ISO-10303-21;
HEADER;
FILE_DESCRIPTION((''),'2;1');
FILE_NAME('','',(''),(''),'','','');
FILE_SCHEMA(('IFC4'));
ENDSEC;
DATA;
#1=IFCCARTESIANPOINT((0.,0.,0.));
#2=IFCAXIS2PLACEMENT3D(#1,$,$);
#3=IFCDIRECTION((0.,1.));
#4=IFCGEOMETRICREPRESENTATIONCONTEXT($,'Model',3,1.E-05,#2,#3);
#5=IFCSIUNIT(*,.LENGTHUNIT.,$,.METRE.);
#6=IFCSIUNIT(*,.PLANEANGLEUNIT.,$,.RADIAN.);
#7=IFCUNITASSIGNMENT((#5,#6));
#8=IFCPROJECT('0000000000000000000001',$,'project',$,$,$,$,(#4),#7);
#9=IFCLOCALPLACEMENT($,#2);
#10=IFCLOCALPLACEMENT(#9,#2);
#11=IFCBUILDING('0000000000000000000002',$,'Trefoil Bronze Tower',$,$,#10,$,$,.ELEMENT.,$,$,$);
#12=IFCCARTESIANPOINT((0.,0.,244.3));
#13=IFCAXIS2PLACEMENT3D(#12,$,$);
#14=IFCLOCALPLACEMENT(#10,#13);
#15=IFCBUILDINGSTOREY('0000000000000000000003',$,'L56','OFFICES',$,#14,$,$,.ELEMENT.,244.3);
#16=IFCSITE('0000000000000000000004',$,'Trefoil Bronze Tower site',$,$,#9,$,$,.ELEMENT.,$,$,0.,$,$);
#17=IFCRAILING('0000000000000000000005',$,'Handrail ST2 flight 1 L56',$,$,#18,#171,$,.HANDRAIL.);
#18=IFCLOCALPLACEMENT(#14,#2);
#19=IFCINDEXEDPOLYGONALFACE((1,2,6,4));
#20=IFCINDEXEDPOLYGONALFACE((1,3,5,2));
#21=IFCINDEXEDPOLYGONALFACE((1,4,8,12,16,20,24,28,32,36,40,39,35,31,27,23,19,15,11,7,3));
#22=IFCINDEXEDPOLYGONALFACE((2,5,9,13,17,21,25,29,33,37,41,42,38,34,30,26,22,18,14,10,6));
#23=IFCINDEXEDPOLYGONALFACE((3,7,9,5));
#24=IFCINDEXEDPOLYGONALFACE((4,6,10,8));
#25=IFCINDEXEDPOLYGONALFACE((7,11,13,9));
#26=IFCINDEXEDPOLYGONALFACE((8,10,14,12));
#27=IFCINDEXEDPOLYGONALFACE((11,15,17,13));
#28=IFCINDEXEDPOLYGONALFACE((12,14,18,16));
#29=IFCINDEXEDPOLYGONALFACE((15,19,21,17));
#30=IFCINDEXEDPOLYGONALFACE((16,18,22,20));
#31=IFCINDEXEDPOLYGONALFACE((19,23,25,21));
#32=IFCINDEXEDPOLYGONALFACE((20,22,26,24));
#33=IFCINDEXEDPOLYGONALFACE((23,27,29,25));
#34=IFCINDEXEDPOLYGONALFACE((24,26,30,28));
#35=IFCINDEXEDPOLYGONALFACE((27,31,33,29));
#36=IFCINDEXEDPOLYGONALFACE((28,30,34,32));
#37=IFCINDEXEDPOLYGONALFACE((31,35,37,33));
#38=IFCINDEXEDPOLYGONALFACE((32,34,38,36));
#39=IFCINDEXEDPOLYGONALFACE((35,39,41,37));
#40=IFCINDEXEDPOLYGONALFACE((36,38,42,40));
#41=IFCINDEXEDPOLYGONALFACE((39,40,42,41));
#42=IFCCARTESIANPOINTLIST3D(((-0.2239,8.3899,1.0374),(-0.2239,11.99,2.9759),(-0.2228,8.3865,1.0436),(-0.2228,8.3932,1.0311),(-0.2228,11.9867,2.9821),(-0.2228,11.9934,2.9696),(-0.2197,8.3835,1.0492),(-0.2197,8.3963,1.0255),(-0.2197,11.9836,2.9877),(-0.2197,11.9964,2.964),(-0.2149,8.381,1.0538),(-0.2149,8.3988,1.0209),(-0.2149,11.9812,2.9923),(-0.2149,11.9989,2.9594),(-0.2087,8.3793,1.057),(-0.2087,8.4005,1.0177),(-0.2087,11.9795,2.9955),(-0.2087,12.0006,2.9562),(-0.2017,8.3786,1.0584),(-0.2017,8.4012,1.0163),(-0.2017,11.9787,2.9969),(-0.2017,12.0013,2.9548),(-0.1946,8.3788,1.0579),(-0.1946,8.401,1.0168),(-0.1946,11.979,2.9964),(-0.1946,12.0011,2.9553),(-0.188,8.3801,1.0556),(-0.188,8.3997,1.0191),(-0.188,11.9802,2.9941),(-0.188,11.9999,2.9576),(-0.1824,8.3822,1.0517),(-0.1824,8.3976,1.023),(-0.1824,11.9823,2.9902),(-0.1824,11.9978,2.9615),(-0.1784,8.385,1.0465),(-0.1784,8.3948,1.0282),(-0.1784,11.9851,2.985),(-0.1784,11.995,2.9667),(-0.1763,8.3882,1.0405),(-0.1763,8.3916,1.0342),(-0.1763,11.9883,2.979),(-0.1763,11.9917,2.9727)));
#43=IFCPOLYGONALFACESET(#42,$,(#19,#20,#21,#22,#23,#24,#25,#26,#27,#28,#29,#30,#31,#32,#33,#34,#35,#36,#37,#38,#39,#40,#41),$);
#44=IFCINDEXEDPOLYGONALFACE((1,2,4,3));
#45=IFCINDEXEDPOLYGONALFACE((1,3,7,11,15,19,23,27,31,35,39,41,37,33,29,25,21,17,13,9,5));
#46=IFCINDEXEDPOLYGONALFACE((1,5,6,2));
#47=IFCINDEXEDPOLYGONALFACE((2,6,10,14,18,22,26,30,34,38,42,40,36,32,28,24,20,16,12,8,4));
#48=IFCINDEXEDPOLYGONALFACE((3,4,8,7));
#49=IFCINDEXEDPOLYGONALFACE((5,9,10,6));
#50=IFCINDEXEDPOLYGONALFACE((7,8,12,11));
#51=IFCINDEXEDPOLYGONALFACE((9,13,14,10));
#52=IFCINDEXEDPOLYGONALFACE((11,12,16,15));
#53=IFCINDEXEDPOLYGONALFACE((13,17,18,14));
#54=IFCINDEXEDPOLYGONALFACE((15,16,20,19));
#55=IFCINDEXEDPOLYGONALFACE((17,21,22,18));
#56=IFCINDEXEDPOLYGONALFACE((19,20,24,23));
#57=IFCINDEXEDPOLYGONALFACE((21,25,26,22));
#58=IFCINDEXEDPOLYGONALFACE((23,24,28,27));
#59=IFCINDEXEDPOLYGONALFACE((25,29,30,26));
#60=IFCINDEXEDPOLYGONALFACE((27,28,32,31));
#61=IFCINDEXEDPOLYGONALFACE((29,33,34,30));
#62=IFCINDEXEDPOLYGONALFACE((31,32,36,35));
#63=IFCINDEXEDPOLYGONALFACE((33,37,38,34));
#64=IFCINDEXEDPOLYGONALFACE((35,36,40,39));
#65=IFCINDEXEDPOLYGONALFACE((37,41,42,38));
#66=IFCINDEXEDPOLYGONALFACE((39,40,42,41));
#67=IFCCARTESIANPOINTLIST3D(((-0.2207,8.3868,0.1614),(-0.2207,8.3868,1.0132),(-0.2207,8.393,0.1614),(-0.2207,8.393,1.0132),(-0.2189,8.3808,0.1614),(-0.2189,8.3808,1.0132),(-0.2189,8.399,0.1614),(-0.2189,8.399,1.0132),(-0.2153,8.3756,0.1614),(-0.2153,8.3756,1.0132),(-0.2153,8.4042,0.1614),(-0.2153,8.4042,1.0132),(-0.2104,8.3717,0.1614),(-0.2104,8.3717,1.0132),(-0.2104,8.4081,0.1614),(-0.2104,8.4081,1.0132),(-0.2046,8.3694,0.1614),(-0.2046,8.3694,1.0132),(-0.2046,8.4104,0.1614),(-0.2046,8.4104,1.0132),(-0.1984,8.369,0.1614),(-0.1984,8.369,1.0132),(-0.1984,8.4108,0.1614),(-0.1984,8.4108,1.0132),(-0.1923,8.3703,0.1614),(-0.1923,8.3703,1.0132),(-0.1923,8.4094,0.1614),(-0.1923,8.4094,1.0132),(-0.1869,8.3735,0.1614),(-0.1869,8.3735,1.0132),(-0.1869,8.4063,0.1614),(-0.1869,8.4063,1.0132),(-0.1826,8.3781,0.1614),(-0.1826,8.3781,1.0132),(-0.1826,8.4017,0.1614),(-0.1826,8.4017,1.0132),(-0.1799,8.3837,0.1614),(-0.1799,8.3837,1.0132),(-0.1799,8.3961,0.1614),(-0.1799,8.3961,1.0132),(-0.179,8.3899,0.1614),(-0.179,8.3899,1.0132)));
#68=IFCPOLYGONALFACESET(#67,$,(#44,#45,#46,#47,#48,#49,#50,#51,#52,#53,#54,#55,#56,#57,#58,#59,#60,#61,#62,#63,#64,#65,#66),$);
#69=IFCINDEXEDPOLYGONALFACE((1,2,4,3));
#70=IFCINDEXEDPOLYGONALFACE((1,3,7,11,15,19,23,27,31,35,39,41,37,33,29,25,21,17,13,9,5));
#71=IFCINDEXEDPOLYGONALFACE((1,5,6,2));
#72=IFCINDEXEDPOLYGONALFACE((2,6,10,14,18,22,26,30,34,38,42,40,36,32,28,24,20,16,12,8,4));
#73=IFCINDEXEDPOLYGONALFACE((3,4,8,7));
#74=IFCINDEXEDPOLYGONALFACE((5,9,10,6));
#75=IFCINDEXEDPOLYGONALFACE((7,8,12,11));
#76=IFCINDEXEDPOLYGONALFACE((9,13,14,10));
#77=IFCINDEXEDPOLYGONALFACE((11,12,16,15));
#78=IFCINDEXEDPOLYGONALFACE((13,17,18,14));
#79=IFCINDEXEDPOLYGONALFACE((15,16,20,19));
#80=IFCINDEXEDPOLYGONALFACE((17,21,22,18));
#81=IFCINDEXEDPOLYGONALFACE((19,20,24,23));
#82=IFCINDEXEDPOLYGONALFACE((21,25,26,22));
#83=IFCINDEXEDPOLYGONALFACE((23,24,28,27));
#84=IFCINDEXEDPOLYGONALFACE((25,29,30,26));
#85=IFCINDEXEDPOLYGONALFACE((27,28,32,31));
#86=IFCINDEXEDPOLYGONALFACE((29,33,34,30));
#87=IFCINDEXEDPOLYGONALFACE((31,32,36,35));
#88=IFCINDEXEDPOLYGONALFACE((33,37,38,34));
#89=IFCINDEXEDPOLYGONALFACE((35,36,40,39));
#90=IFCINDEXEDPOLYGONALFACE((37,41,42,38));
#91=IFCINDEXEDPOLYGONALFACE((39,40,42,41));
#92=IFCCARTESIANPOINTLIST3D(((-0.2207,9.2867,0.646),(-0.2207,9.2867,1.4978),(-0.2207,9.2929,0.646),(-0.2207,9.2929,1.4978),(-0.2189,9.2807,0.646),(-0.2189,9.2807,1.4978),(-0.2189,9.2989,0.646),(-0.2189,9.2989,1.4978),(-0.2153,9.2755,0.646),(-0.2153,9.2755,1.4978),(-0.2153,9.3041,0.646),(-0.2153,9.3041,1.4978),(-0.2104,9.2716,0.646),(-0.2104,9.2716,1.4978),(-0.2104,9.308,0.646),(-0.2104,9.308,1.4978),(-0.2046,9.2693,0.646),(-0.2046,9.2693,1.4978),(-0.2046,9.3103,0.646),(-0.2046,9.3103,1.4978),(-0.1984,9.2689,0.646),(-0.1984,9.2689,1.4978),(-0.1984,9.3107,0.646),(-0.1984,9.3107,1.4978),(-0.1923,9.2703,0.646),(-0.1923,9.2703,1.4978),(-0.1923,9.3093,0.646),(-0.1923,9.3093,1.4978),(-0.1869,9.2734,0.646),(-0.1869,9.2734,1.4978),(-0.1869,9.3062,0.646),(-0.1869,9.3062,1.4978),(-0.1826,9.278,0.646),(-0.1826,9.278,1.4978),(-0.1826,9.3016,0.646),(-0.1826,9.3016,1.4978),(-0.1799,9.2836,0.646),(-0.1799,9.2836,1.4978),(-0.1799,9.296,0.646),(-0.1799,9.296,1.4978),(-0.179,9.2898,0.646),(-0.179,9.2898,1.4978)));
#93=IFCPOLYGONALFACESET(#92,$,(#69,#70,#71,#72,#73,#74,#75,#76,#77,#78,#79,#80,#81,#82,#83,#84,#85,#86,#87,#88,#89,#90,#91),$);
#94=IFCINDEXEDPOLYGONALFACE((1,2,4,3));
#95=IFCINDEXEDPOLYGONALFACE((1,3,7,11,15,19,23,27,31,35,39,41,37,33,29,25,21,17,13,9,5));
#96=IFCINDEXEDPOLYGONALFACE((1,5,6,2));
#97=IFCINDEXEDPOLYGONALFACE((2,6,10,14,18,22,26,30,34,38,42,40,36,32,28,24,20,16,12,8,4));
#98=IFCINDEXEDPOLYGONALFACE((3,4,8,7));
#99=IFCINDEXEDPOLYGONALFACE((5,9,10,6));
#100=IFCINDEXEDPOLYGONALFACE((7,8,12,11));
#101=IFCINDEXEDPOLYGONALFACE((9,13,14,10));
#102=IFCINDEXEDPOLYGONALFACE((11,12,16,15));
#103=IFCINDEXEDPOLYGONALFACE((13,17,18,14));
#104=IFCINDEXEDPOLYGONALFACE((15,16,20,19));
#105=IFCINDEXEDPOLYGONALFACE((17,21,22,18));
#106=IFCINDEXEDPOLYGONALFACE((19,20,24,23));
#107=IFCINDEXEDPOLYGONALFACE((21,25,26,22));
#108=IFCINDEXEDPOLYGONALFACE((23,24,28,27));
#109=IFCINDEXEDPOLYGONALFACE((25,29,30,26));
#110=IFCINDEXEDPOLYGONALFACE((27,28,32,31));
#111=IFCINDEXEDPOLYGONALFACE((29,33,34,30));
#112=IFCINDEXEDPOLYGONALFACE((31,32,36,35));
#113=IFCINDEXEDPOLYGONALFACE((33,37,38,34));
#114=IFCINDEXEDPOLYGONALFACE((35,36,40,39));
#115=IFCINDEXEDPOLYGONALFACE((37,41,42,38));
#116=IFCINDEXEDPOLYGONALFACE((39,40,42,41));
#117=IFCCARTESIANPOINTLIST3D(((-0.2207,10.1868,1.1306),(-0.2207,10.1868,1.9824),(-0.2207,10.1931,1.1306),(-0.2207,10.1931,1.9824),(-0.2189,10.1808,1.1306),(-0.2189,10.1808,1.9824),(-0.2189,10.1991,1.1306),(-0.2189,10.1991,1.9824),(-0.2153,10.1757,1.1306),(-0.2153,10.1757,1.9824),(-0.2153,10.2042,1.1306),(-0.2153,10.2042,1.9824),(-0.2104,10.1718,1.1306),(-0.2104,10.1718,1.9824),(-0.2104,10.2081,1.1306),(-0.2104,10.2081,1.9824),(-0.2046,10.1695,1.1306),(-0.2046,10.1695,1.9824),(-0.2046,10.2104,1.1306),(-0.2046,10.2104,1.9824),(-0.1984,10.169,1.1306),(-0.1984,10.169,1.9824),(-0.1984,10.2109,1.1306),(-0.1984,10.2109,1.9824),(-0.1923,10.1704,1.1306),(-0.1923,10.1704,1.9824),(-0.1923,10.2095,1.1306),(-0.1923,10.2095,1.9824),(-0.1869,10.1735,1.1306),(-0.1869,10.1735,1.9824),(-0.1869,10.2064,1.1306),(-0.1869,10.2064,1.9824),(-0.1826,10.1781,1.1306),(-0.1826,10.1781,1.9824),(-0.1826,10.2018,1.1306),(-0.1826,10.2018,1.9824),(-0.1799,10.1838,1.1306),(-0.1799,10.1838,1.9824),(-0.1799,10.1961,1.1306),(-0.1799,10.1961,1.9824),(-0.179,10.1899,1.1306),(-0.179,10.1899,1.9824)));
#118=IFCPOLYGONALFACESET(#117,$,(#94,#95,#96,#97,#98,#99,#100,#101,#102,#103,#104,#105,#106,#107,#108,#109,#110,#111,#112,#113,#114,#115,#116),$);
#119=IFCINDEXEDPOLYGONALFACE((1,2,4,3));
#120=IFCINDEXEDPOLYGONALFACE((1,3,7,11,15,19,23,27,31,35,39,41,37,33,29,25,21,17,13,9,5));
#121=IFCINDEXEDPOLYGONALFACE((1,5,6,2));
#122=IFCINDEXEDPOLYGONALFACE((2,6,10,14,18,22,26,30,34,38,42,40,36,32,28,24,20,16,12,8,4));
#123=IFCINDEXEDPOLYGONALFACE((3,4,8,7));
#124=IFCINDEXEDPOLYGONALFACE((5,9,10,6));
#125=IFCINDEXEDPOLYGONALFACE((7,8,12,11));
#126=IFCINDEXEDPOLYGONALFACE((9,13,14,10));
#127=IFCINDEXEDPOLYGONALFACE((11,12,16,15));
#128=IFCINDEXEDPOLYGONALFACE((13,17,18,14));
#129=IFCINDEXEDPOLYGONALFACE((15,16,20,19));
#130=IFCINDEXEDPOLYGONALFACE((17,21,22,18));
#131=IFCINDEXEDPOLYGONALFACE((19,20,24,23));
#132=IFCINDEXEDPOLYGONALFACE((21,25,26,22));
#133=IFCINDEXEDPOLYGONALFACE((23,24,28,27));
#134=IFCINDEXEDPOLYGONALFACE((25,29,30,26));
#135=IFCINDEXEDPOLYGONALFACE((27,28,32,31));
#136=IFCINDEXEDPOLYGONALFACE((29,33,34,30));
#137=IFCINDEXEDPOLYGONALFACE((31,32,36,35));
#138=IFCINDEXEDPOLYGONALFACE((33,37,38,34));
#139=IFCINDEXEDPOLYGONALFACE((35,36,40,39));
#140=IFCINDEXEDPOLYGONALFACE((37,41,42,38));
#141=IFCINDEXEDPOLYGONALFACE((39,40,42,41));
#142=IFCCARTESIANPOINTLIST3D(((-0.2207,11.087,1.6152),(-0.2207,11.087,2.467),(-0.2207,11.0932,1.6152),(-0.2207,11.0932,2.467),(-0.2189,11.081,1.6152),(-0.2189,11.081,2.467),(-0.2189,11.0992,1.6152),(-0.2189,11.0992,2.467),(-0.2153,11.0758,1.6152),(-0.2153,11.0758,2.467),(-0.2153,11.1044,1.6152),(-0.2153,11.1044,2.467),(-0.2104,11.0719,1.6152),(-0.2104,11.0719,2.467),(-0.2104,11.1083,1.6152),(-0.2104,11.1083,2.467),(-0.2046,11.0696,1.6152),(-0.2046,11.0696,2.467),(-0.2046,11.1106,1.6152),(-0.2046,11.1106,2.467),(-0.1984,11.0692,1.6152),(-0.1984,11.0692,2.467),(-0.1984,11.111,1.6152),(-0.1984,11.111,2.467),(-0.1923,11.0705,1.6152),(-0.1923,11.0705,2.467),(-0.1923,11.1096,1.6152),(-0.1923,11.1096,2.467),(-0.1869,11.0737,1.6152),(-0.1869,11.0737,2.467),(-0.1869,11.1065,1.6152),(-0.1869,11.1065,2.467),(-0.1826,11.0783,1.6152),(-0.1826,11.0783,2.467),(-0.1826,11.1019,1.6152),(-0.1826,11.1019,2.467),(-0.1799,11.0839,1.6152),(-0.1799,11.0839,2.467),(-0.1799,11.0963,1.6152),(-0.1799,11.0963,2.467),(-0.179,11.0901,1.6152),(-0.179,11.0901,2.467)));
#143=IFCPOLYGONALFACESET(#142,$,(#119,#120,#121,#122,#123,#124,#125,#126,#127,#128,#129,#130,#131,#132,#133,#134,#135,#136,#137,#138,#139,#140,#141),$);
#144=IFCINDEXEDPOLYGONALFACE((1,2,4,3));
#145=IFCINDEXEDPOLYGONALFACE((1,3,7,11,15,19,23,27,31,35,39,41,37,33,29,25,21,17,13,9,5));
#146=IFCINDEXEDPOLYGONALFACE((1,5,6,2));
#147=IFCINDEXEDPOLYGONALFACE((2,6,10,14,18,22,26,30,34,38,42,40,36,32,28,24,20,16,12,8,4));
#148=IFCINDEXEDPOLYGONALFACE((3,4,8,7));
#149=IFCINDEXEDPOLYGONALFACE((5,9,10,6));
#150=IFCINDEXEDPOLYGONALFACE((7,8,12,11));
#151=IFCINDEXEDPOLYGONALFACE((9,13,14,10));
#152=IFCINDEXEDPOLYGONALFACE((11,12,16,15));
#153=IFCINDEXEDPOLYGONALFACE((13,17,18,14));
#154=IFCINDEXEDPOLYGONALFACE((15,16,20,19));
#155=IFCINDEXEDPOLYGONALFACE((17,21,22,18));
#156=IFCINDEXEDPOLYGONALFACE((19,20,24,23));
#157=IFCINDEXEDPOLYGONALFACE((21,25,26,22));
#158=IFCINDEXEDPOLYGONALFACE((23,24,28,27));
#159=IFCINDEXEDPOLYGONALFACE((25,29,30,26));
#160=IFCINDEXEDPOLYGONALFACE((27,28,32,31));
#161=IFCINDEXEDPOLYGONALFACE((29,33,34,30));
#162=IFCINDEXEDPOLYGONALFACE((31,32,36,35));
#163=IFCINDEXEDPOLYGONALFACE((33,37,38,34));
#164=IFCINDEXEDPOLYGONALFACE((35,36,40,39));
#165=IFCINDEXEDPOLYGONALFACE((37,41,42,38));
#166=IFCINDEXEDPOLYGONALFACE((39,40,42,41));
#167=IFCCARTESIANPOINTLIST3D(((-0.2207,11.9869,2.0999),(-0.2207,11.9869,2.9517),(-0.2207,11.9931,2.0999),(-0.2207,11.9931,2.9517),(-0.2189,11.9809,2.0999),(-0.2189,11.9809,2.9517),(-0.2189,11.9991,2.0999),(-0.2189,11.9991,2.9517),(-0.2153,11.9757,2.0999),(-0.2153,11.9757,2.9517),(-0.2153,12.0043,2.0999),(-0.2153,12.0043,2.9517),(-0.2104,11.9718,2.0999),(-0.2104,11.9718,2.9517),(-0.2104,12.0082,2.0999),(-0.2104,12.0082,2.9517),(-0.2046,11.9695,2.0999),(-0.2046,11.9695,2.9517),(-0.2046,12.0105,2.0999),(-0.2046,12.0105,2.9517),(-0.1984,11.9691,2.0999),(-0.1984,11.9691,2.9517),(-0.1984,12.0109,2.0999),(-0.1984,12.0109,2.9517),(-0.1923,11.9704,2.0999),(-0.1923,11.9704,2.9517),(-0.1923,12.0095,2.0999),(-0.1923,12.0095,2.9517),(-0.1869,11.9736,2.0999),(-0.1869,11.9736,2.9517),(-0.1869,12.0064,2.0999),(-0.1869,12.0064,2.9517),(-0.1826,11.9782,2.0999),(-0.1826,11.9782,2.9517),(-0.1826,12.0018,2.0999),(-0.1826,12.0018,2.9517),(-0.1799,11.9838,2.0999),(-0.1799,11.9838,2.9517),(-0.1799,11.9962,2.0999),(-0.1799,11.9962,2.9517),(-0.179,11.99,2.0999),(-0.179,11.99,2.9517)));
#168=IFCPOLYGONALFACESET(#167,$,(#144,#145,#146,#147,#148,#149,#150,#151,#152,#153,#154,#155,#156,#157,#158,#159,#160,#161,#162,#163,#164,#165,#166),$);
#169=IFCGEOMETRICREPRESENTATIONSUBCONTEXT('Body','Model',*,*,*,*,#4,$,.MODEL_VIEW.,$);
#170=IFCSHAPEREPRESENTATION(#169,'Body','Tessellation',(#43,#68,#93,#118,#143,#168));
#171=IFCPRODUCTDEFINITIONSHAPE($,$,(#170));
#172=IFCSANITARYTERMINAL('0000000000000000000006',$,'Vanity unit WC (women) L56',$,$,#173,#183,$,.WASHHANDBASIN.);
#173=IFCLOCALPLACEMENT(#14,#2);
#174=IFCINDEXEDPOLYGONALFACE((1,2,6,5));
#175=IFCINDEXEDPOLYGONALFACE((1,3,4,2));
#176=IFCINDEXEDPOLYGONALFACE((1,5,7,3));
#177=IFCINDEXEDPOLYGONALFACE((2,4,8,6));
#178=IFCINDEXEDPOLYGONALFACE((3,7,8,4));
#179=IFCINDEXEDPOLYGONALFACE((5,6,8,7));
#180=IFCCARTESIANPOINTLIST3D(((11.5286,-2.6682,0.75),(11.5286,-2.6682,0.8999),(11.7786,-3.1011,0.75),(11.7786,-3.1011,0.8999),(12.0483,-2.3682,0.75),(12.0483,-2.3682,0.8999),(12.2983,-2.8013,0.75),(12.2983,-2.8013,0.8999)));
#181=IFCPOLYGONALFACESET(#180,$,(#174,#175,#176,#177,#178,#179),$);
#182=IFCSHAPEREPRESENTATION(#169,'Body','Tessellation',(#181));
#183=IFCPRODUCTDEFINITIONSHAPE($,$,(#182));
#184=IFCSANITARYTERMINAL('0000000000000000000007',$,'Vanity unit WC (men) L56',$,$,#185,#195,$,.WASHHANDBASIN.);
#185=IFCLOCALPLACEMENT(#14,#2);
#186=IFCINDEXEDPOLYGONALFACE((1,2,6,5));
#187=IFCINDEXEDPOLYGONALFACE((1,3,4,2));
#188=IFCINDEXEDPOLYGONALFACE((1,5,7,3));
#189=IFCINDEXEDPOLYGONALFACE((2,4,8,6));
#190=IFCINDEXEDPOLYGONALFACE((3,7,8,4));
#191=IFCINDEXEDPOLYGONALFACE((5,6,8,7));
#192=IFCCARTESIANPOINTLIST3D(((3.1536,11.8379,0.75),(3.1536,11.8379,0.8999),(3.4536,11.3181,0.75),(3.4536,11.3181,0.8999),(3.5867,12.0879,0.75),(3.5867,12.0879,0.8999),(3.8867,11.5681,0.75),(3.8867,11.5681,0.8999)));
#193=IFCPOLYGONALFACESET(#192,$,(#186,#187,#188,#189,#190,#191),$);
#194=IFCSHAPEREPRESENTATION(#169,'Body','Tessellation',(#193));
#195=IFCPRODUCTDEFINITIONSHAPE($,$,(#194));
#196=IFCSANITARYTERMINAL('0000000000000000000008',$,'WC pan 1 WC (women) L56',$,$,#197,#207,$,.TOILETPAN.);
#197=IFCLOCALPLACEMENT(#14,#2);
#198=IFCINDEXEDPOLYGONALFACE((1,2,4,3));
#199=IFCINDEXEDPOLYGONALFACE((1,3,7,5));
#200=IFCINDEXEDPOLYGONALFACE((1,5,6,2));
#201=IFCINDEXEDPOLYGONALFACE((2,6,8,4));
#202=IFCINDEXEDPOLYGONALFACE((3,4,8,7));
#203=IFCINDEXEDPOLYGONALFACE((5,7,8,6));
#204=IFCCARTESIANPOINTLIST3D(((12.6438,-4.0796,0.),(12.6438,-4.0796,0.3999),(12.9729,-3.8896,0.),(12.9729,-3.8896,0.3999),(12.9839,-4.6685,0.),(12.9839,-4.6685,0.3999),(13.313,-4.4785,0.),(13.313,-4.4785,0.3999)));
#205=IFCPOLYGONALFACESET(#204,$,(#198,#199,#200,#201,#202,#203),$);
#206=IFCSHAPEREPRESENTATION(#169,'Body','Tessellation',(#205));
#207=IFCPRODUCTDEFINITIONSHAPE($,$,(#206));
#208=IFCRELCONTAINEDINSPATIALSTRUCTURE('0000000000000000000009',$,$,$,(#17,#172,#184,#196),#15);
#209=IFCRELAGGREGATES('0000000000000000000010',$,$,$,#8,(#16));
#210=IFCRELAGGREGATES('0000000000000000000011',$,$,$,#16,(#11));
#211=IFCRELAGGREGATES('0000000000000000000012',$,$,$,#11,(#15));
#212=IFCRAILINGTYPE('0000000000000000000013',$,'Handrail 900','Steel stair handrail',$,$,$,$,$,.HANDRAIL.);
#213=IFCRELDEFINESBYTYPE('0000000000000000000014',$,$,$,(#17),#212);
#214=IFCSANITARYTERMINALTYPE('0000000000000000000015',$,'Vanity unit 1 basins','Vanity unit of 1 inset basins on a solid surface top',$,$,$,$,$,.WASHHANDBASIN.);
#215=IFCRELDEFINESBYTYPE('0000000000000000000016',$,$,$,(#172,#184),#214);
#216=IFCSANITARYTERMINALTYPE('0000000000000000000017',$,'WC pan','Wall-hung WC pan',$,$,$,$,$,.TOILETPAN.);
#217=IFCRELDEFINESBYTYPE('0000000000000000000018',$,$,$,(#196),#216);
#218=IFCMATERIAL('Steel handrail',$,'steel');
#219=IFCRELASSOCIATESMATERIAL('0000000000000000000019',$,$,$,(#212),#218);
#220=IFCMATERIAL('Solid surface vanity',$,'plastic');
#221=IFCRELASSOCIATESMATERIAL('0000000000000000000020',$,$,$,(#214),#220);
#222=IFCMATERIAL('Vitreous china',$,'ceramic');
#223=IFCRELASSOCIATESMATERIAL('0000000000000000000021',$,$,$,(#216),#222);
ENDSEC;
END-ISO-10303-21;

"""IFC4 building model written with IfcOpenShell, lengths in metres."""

from ifc_helpers import new_model, si_unit, direction, frame, origin, origin_2d, place, context, subcontext, project, spatial, polyline, circle, outline, extrude, material, type_object, element, save


model = new_model("IFC4")

# Units and contexts
model_context = context("Model", 3, precision=1e-05, world=origin(), true_north=direction((0.0, 1.0)))
body_context = subcontext(model_context, "Body", "Model", "MODEL_VIEW")
ifc_project = project(units=[si_unit("LENGTHUNIT", "METRE"), si_unit("PLANEANGLEUNIT", "RADIAN")], contexts=[model_context])

# Site, building, storey
site_placement = place(None, origin())
site = spatial("IfcSite", under=ifc_project, at=site_placement, Name="Trefoil Bronze Tower site", CompositionType="ELEMENT", RefElevation=0.0)
building_placement = place(site_placement, origin())
building = spatial("IfcBuilding", under=site, at=building_placement, Name="Trefoil Bronze Tower", CompositionType="ELEMENT")
storey_placement = place(building_placement, frame((0.0, 0.0, 244.3)))
storey = spatial("IfcBuildingStorey", under=building, at=storey_placement, Name="L56", Description="OFFICES", CompositionType="ELEMENT", Elevation=244.3)

# Railing
ifc_material_1 = material(Name="Steel handrail", Category="steel")
railing_type = type_object("IfcRailingType", Name="Handrail 900", Description="Steel stair handrail", PredefinedType="HANDRAIL", material=ifc_material_1)
railing_placement = place(storey_placement, frame((-0.2, 8.3899, 0.1614)))
element("IfcRailing", 1, at=railing_placement, inside=storey, type_object=railing_type, Name="Handrail ST2 flight 1 L56", PredefinedType="HANDRAIL", context=body_context, shape_type="SweptSolid", body=[
    extrude(circle(Radius=0.0239, at=origin_2d()), frame((0.0, 0.0, 0.876), z_axis=(0.0, 0.880475, 0.474093), x_axis=(-1.0, 0.0, 0.0)), (0.0, 0.0, 1.0), 4.0889),
    extrude(circle(Radius=0.021, at=origin_2d()), origin(), (0.0, 0.0, 1.0), 0.8518),
    extrude(circle(Radius=0.021, at=origin_2d()), frame((0.0, 0.8999, 0.4846)), (0.0, 0.0, 1.0), 0.8518),
    extrude(circle(Radius=0.021, at=origin_2d()), frame((0.0, 1.8, 0.9692)), (0.0, 0.0, 1.0), 0.8518),
    extrude(circle(Radius=0.021, at=origin_2d()), frame((0.0, 2.7002, 1.4539)), (0.0, 0.0, 1.0), 0.8518),
    extrude(circle(Radius=0.021, at=origin_2d()), frame((0.0, 3.6001, 1.9385)), (0.0, 0.0, 1.0), 0.8518),
])

# Sanitary terminals
ifc_material_2 = material(Name="Solid surface vanity", Category="plastic")
sanitary_terminal_type_1 = type_object("IfcSanitaryTerminalType", Name="Vanity unit 1 basins", Description="Vanity unit of 1 inset basins on a solid surface top", PredefinedType="WASHHANDBASIN", material=ifc_material_2)
sanitary_terminal_1_placement = place(storey_placement, frame((0.0, 0.0, 0.75)))
element("IfcSanitaryTerminal", 2, at=sanitary_terminal_1_placement, inside=storey, type_object=sanitary_terminal_type_1, Name="Vanity unit WC (women) L56", PredefinedType="WASHHANDBASIN", context=body_context, shape_type="SweptSolid", body=[
    extrude(outline(polyline([(11.5286, -2.6682), (11.7786, -3.1011), (12.2983, -2.8013), (12.0483, -2.3682), (11.5286, -2.6682)])), origin(), (0.0, 0.0, 1.0), 0.1499),
])
sanitary_terminal_2_placement = place(storey_placement, frame((0.0, 0.0, 0.75)))
element("IfcSanitaryTerminal", 3, at=sanitary_terminal_2_placement, inside=storey, type_object=sanitary_terminal_type_1, Name="Vanity unit WC (men) L56", PredefinedType="WASHHANDBASIN", context=body_context, shape_type="SweptSolid", body=[
    extrude(outline(polyline([(3.4536, 11.3181), (3.1536, 11.8379), (3.5867, 12.0879), (3.8867, 11.5681), (3.4536, 11.3181)])), origin(), (0.0, 0.0, 1.0), 0.1499),
])
ifc_material_3 = material(Name="Vitreous china", Category="ceramic")
sanitary_terminal_type_2 = type_object("IfcSanitaryTerminalType", Name="WC pan", Description="Wall-hung WC pan", PredefinedType="TOILETPAN", material=ifc_material_3)
sanitary_terminal_3_placement = place(storey_placement, origin())
element("IfcSanitaryTerminal", 4, at=sanitary_terminal_3_placement, inside=storey, type_object=sanitary_terminal_type_2, Name="WC pan 1 WC (women) L56", PredefinedType="TOILETPAN", context=body_context, shape_type="SweptSolid", body=[
    extrude(outline(polyline([(12.6438, -4.0796), (12.9839, -4.6685), (13.313, -4.4785), (12.9729, -3.8896), (12.6438, -4.0796)])), origin(), (0.0, 0.0, 1.0), 0.3999),
])

save(model, "model.ifc")
